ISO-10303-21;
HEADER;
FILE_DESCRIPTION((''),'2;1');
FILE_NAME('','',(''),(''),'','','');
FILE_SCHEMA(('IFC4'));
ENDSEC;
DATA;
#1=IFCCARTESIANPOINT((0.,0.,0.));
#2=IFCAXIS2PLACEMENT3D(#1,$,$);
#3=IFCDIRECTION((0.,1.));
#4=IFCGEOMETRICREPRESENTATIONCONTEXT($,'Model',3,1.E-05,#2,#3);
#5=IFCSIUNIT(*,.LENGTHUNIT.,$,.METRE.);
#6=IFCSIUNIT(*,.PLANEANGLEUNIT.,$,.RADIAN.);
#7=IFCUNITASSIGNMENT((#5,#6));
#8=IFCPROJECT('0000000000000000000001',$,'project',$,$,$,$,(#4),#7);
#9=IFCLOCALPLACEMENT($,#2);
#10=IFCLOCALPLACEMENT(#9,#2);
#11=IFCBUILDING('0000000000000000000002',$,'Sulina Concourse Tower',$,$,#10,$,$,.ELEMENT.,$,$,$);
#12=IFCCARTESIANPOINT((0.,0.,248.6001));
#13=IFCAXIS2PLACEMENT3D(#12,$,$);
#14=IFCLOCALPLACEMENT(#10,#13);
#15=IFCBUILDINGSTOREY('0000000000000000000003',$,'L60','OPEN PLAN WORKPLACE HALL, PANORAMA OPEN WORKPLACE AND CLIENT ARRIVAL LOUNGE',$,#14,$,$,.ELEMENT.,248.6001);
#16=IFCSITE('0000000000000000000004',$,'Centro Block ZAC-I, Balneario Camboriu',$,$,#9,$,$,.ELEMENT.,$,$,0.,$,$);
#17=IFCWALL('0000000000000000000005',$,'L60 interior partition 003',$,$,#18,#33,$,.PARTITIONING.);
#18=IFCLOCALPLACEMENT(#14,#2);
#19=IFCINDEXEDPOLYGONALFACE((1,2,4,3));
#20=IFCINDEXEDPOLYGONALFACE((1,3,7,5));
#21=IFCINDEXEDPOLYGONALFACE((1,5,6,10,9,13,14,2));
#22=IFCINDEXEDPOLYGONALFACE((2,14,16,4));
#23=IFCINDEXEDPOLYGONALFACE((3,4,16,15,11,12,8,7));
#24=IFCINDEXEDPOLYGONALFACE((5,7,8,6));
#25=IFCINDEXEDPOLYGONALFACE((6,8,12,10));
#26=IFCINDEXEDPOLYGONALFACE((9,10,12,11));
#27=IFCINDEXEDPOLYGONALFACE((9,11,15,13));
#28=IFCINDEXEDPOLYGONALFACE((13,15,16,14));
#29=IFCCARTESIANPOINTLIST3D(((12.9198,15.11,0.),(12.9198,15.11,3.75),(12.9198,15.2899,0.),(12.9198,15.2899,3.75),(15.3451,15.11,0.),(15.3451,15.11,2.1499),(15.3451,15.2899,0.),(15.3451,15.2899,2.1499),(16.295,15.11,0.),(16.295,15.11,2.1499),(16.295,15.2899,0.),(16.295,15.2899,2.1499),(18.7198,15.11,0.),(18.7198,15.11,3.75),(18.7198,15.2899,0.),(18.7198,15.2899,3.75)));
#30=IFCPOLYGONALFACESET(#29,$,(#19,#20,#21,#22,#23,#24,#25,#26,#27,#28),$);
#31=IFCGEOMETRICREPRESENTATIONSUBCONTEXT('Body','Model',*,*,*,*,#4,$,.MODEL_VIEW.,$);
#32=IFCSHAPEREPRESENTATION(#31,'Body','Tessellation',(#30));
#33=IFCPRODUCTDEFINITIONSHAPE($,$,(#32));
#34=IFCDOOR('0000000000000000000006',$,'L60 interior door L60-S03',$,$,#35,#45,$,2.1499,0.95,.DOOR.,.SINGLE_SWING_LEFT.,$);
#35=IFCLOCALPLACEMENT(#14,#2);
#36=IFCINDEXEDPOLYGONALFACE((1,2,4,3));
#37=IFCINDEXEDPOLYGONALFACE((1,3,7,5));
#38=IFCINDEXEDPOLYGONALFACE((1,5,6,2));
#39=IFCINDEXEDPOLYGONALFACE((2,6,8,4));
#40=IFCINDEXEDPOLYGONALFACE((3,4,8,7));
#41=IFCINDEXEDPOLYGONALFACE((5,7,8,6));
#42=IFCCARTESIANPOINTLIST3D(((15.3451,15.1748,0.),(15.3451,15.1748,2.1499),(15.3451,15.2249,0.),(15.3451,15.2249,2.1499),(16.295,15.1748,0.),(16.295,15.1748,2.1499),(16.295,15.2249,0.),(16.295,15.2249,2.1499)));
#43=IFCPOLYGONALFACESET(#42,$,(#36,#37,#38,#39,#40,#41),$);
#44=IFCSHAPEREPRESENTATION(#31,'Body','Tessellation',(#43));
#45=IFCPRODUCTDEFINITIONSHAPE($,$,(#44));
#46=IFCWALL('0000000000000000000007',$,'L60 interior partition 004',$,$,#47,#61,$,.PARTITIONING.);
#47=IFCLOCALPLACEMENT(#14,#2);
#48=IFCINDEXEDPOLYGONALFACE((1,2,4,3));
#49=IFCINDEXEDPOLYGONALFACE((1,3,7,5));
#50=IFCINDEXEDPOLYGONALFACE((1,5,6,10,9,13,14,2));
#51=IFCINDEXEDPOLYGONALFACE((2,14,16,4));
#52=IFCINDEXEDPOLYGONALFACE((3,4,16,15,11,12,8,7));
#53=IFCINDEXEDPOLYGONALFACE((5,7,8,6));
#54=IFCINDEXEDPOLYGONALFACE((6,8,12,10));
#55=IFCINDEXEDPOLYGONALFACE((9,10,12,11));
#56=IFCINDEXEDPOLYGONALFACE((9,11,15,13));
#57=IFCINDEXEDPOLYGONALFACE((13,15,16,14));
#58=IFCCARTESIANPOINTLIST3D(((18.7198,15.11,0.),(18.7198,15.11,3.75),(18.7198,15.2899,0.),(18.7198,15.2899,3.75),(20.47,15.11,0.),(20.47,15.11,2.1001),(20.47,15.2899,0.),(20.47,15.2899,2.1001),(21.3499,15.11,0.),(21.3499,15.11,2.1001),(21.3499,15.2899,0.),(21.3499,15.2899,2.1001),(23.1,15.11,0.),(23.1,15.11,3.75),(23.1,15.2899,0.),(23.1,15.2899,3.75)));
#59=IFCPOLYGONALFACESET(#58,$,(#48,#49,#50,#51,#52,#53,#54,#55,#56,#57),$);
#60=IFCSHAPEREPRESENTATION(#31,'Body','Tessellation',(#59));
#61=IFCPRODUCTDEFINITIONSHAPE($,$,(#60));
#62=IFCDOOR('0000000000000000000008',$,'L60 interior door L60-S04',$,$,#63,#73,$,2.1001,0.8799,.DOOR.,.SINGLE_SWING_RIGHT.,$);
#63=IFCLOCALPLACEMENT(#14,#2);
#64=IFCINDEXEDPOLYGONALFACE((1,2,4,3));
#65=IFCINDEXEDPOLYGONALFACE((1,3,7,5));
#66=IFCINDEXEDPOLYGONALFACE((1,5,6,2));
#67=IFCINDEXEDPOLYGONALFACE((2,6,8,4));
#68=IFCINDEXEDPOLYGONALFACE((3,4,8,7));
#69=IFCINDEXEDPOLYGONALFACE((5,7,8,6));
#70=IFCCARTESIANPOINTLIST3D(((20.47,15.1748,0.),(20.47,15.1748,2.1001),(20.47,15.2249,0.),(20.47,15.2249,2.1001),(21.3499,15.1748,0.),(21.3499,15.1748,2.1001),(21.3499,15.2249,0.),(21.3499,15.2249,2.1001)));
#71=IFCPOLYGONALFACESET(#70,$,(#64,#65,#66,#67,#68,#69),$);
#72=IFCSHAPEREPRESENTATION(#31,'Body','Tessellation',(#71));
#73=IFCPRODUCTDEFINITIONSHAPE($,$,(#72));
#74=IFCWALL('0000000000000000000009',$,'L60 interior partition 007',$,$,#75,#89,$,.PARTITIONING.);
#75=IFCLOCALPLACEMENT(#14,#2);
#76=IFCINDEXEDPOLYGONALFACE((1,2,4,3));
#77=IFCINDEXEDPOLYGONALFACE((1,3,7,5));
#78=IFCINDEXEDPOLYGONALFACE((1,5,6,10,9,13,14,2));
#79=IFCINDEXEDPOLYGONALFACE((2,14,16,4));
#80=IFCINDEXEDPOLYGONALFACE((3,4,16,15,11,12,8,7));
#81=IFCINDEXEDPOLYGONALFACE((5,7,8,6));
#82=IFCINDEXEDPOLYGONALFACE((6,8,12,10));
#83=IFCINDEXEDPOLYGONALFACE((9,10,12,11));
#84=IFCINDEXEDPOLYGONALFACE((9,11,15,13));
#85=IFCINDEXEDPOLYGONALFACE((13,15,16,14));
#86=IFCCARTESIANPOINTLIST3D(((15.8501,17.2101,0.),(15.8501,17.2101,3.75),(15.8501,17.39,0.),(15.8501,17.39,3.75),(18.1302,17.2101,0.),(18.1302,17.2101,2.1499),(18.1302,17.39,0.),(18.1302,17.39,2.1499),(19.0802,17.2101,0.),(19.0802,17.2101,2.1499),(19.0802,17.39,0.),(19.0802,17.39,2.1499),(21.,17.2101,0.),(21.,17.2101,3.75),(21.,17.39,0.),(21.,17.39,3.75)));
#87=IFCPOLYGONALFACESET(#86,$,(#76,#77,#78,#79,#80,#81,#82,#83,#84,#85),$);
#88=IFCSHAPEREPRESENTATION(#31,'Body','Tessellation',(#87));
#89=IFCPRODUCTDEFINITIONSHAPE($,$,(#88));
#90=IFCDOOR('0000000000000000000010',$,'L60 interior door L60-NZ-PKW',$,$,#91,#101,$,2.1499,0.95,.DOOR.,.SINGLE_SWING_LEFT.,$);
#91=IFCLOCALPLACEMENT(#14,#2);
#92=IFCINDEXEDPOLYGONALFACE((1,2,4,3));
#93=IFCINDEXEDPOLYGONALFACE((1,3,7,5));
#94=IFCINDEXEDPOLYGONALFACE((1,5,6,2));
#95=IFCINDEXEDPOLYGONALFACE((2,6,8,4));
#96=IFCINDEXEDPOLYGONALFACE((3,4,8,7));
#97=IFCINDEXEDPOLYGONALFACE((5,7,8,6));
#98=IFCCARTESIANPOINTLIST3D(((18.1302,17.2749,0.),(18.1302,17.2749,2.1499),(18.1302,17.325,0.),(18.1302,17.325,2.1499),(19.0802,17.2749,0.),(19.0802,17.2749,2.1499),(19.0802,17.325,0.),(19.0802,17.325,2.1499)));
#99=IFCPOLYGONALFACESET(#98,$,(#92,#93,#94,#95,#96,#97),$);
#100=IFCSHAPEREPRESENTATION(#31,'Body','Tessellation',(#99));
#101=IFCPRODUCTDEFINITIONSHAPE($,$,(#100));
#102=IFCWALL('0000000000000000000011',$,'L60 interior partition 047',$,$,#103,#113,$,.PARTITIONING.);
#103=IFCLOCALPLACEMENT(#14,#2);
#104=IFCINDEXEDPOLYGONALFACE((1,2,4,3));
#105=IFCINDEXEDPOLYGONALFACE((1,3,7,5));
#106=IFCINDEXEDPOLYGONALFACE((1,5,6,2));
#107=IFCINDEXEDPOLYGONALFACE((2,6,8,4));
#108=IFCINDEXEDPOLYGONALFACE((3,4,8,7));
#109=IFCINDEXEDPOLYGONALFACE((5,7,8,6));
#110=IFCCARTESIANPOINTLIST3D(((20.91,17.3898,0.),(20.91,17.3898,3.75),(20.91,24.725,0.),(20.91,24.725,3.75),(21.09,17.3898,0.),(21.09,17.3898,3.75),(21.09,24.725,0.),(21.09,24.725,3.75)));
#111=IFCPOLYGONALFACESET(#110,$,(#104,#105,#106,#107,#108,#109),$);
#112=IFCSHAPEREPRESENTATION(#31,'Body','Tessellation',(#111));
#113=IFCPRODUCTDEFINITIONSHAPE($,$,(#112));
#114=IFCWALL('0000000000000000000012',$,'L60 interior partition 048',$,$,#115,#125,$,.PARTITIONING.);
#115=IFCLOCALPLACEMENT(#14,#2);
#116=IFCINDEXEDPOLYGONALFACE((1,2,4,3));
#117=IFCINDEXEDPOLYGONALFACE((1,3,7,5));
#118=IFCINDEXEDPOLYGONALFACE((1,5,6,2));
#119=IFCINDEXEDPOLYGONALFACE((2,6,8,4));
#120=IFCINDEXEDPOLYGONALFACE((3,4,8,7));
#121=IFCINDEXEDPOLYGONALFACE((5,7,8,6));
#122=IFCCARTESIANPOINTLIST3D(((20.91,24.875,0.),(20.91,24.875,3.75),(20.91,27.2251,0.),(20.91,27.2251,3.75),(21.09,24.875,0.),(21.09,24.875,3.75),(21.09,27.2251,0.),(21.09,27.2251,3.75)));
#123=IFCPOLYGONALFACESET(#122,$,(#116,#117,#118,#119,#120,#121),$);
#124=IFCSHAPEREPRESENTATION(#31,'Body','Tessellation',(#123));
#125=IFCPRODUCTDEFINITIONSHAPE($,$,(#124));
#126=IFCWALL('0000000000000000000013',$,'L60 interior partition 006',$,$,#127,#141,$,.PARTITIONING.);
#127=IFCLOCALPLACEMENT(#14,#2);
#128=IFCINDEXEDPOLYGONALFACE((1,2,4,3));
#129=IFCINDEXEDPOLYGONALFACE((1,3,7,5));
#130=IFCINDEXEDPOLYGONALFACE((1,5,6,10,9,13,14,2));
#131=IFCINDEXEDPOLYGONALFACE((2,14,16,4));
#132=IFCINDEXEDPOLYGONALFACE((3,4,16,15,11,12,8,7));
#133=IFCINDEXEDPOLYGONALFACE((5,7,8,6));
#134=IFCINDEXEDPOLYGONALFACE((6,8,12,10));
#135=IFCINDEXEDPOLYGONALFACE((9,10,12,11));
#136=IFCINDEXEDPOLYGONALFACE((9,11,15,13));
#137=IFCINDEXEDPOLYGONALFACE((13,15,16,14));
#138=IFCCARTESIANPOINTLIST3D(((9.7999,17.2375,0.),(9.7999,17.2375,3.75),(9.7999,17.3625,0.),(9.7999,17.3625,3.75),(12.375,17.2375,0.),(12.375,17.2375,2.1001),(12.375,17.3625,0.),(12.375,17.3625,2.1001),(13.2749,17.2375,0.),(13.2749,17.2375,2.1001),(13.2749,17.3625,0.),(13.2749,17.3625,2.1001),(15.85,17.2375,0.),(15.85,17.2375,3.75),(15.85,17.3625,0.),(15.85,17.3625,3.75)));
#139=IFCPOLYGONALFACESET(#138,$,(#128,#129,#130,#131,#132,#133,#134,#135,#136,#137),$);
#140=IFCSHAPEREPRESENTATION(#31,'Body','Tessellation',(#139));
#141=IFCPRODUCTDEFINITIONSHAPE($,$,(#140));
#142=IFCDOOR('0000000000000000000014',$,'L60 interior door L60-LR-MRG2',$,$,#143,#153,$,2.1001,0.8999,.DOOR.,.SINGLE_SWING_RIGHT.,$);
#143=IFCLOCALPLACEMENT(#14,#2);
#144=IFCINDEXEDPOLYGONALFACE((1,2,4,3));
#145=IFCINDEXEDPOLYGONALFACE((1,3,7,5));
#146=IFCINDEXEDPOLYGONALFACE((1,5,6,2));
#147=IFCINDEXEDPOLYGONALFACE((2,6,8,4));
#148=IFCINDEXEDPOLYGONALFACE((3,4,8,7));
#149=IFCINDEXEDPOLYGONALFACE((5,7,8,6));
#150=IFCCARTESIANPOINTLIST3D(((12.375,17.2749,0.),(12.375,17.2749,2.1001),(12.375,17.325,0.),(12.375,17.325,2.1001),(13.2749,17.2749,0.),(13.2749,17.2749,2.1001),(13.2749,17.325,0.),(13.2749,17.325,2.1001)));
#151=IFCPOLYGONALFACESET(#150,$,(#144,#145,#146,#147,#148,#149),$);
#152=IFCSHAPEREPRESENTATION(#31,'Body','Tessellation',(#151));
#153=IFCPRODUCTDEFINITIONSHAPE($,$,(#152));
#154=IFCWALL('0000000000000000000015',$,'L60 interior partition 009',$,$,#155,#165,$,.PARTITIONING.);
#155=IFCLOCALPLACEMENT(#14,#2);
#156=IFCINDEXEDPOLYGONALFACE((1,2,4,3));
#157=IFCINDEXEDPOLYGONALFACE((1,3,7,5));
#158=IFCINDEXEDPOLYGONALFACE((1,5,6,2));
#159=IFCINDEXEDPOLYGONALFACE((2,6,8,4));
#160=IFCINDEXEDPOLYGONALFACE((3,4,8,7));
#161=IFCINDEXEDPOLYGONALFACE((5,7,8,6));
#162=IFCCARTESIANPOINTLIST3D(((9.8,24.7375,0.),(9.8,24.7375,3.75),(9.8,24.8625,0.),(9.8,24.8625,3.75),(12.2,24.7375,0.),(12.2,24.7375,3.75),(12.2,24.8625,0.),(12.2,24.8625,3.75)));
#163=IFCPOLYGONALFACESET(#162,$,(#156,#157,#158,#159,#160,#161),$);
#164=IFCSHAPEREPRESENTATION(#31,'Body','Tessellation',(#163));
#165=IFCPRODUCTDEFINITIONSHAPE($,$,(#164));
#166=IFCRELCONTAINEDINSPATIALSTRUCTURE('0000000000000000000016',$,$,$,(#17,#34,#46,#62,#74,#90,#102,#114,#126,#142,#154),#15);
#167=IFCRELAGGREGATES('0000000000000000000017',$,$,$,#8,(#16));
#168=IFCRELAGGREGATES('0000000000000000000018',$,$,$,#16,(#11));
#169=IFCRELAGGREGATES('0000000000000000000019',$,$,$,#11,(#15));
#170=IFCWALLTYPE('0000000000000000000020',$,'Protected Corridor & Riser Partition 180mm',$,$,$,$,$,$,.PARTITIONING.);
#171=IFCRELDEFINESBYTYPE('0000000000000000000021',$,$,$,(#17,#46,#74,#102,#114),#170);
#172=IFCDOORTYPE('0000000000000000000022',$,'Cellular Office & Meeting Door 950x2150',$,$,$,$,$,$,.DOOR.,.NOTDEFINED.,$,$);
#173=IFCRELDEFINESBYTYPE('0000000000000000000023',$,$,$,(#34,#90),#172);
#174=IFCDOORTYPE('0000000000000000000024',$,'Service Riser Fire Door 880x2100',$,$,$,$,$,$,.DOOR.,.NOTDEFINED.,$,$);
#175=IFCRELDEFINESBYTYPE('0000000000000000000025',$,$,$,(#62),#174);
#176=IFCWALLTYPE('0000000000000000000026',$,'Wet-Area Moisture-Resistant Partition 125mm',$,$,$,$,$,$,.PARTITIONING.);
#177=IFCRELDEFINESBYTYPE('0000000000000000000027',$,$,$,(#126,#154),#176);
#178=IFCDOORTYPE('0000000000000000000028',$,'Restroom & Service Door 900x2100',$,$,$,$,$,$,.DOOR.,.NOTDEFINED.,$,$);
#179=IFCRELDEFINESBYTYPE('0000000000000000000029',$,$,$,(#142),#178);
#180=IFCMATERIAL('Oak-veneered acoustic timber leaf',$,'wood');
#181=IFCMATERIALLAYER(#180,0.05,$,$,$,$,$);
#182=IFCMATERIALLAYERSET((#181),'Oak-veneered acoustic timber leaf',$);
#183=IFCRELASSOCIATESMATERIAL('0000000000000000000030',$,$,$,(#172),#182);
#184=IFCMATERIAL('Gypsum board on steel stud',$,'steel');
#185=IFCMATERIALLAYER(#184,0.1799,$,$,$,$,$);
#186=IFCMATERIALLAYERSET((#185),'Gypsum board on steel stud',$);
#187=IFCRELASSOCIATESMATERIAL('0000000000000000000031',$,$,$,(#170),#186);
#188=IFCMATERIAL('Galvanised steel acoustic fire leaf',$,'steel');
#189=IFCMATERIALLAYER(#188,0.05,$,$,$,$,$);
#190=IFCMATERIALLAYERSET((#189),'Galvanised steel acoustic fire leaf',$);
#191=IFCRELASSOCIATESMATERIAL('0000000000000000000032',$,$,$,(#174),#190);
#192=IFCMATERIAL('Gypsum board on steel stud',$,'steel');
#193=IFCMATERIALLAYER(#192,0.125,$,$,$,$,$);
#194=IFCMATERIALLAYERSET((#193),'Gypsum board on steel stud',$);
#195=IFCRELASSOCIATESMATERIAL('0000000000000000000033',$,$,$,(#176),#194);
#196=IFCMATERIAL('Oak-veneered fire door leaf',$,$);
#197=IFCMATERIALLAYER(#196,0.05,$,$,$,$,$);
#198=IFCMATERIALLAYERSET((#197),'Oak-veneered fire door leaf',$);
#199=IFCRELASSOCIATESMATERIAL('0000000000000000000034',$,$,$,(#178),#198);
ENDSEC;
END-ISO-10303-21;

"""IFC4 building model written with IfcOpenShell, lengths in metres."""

from ifc_helpers import new_model, si_unit, direction, frame, frame_2d, origin, place, context, subcontext, project, spatial, rectangle, extrude, material, layer, layer_set, type_object, element, fill, save


model = new_model("IFC4")

# Units and contexts
model_context = context("Model", 3, precision=1e-05, world=origin(), true_north=direction((0.0, 1.0)))
body_context = subcontext(model_context, "Body", "Model", "MODEL_VIEW")
ifc_project = project(units=[si_unit("LENGTHUNIT", "METRE"), si_unit("PLANEANGLEUNIT", "RADIAN")], contexts=[model_context])

# Site, building, storey
site_placement = place(None, origin())
site = spatial("IfcSite", under=ifc_project, at=site_placement, Name="Centro Block ZAC-I, Balneario Camboriu", CompositionType="ELEMENT", RefElevation=0.0)
building_placement = place(site_placement, origin())
building = spatial("IfcBuilding", under=site, at=building_placement, Name="Sulina Concourse Tower", CompositionType="ELEMENT")
storey_placement = place(building_placement, frame((0.0, 0.0, 248.6001)))
storey = spatial("IfcBuildingStorey", under=building, at=storey_placement, Name="L60", Description="OPEN PLAN WORKPLACE HALL, PANORAMA OPEN WORKPLACE AND CLIENT ARRIVAL LOUNGE", CompositionType="ELEMENT", Elevation=248.6001)

# Walls, openings, doors
ifc_material_1 = material(Name="Oak-veneered acoustic timber leaf", Category="wood")
ifc_layer_1 = layer(ifc_material_1, 0.05)
ifc_layer_set_1 = layer_set([ifc_layer_1], Name="Oak-veneered acoustic timber leaf")
door_type_1 = type_object("IfcDoorType", Name="Cellular Office & Meeting Door 950x2150", OperationType="NOTDEFINED", PredefinedType="DOOR", material=ifc_layer_set_1)
ifc_material_2 = material(Name="Gypsum board on steel stud", Category="steel")
ifc_layer_2 = layer(ifc_material_2, 0.1799)
ifc_layer_set_2 = layer_set([ifc_layer_2], Name="Gypsum board on steel stud")
wall_type_1 = type_object("IfcWallType", Name="Protected Corridor & Riser Partition 180mm", PredefinedType="PARTITIONING", material=ifc_layer_set_2)
wall_1_placement = place(storey_placement, frame((12.9199, 15.2, 0.0), z_axis=(0.0, 0.0, 1.0), x_axis=(1.0, 0.0, 0.0)))
wall_1 = element("IfcWall", 1, at=wall_1_placement, inside=storey, type_object=wall_type_1, Name="L60 interior partition 003", PredefinedType="PARTITIONING", context=body_context, shape_type="SweptSolid", body=[
    extrude(rectangle(XDim=5.8, YDim=0.1799, at=frame_2d((2.8999, 0.0))), origin(), (0.0, 0.0, 1.0), 3.75),
])
opening_1_placement = place(wall_1_placement, frame((2.425, 0.0, 0.0)))
opening_1 = element("IfcOpeningElement", 2, at=opening_1_placement, cuts=wall_1, PredefinedType="OPENING", context=body_context, shape_type="SweptSolid", body=[
    extrude(rectangle(XDim=0.95, YDim=2.1499, at=frame_2d((0.4751, 1.075))), frame((0.0, 0.0999, 0.0), z_axis=(0.0, -1.0, 0.0), x_axis=(1.0, 0.0, 0.0)), (0.0, 0.0, 1.0), 0.2),
])
door_1_placement = place(opening_1_placement, origin())
door_1 = element("IfcDoor", 3, at=door_1_placement, inside=storey, type_object=door_type_1, Name="L60 interior door L60-S03", OperationType="SINGLE_SWING_LEFT", OverallHeight=2.1499, OverallWidth=0.95, PredefinedType="DOOR", context=body_context, shape_type="SweptSolid", body=[
    extrude(rectangle(XDim=0.95, YDim=2.1499, at=frame_2d((0.4751, 1.075))), frame((0.0, 0.0249, 0.0), z_axis=(0.0, -1.0, 0.0), x_axis=(1.0, 0.0, 0.0)), (0.0, 0.0, 1.0), 0.05),
])
fill(opening_1, door_1)
wall_2_placement = place(storey_placement, frame((18.72, 15.2, 0.0), z_axis=(0.0, 0.0, 1.0), x_axis=(1.0, 0.0, 0.0)))
wall_2 = element("IfcWall", 4, at=wall_2_placement, inside=storey, type_object=wall_type_1, Name="L60 interior partition 004", PredefinedType="PARTITIONING", context=body_context, shape_type="SweptSolid", body=[
    extrude(rectangle(XDim=4.3801, YDim=0.1799, at=frame_2d((2.1899, 0.0))), origin(), (0.0, 0.0, 1.0), 3.75),
])
opening_2_placement = place(wall_2_placement, frame((1.75, 0.0, 0.0)))
opening_2 = element("IfcOpeningElement", 5, at=opening_2_placement, cuts=wall_2, PredefinedType="OPENING", context=body_context, shape_type="SweptSolid", body=[
    extrude(rectangle(XDim=0.8799, YDim=2.1001, at=frame_2d((0.4399, 1.05))), frame((0.0, 0.0999, 0.0), z_axis=(0.0, -1.0, 0.0), x_axis=(1.0, 0.0, 0.0)), (0.0, 0.0, 1.0), 0.2),
])
ifc_material_3 = material(Name="Galvanised steel acoustic fire leaf", Category="steel")
ifc_layer_3 = layer(ifc_material_3, 0.05)
ifc_layer_set_3 = layer_set([ifc_layer_3], Name="Galvanised steel acoustic fire leaf")
door_type_2 = type_object("IfcDoorType", Name="Service Riser Fire Door 880x2100", OperationType="NOTDEFINED", PredefinedType="DOOR", material=ifc_layer_set_3)
door_2_placement = place(opening_2_placement, origin())
door_2 = element("IfcDoor", 6, at=door_2_placement, inside=storey, type_object=door_type_2, Name="L60 interior door L60-S04", OperationType="SINGLE_SWING_RIGHT", OverallHeight=2.1001, OverallWidth=0.8799, PredefinedType="DOOR", context=body_context, shape_type="SweptSolid", body=[
    extrude(rectangle(XDim=0.8799, YDim=2.1001, at=frame_2d((0.4399, 1.05))), frame((0.0, 0.0249, 0.0), z_axis=(0.0, -1.0, 0.0), x_axis=(1.0, 0.0, 0.0)), (0.0, 0.0, 1.0), 0.05),
])
fill(opening_2, door_2)
wall_3_placement = place(storey_placement, frame((15.8501, 17.3, 0.0), z_axis=(0.0, 0.0, 1.0), x_axis=(1.0, 0.0, 0.0)))
wall_3 = element("IfcWall", 7, at=wall_3_placement, inside=storey, type_object=wall_type_1, Name="L60 interior partition 007", PredefinedType="PARTITIONING", context=body_context, shape_type="SweptSolid", body=[
    extrude(rectangle(XDim=5.1499, YDim=0.1799, at=frame_2d((2.575, 0.0))), origin(), (0.0, 0.0, 1.0), 3.75),
])
opening_3_placement = place(wall_3_placement, frame((2.28, 0.0, 0.0)))
opening_3 = element("IfcOpeningElement", 8, at=opening_3_placement, cuts=wall_3, PredefinedType="OPENING", context=body_context, shape_type="SweptSolid", body=[
    extrude(rectangle(XDim=0.95, YDim=2.1499, at=frame_2d((0.4751, 1.075))), frame((0.0, 0.0999, 0.0), z_axis=(0.0, -1.0, 0.0), x_axis=(1.0, 0.0, 0.0)), (0.0, 0.0, 1.0), 0.2),
])
door_3_placement = place(opening_3_placement, origin())
door_3 = element("IfcDoor", 9, at=door_3_placement, inside=storey, type_object=door_type_1, Name="L60 interior door L60-NZ-PKW", OperationType="SINGLE_SWING_LEFT", OverallHeight=2.1499, OverallWidth=0.95, PredefinedType="DOOR", context=body_context, shape_type="SweptSolid", body=[
    extrude(rectangle(XDim=0.95, YDim=2.1499, at=frame_2d((0.4751, 1.075))), frame((0.0, 0.0249, 0.0), z_axis=(0.0, -1.0, 0.0), x_axis=(1.0, 0.0, 0.0)), (0.0, 0.0, 1.0), 0.05),
])
fill(opening_3, door_3)

# Walls
wall_4_placement = place(storey_placement, frame((21.0, 17.3899, 0.0), z_axis=(0.0, 0.0, 1.0), x_axis=(0.0, 1.0, 0.0)))
element("IfcWall", 10, at=wall_4_placement, inside=storey, type_object=wall_type_1, Name="L60 interior partition 047", PredefinedType="PARTITIONING", context=body_context, shape_type="SweptSolid", body=[
    extrude(rectangle(XDim=7.3352, YDim=0.1799, at=frame_2d((3.6675, 0.0))), origin(), (0.0, 0.0, 1.0), 3.75),
])
wall_5_placement = place(storey_placement, frame((21.0, 24.875, 0.0), z_axis=(0.0, 0.0, 1.0), x_axis=(0.0, 1.0, 0.0)))
element("IfcWall", 11, at=wall_5_placement, inside=storey, type_object=wall_type_1, Name="L60 interior partition 048", PredefinedType="PARTITIONING", context=body_context, shape_type="SweptSolid", body=[
    extrude(rectangle(XDim=2.3501, YDim=0.1799, at=frame_2d((1.175, 0.0))), origin(), (0.0, 0.0, 1.0), 3.75),
])

# Wall, opening, door
ifc_material_4 = material(Name="Gypsum board on steel stud", Category="steel")
ifc_layer_4 = layer(ifc_material_4, 0.125)
ifc_layer_set_4 = layer_set([ifc_layer_4], Name="Gypsum board on steel stud")
wall_type_2 = type_object("IfcWallType", Name="Wet-Area Moisture-Resistant Partition 125mm", PredefinedType="PARTITIONING", material=ifc_layer_set_4)
wall_6_placement = place(storey_placement, frame((9.8, 17.3, 0.0), z_axis=(0.0, 0.0, 1.0), x_axis=(1.0, 0.0, 0.0)))
wall_6 = element("IfcWall", 12, at=wall_6_placement, inside=storey, type_object=wall_type_2, Name="L60 interior partition 006", PredefinedType="PARTITIONING", context=body_context, shape_type="SweptSolid", body=[
    extrude(rectangle(XDim=6.05, YDim=0.125, at=frame_2d((3.0249, 0.0))), origin(), (0.0, 0.0, 1.0), 3.75),
])
opening_4_placement = place(wall_6_placement, frame((2.575, 0.0, 0.0)))
opening_4 = element("IfcOpeningElement", 13, at=opening_4_placement, cuts=wall_6, PredefinedType="OPENING", context=body_context, shape_type="SweptSolid", body=[
    extrude(rectangle(XDim=0.8999, YDim=2.1001, at=frame_2d((0.45, 1.05))), frame((0.0, 0.0725, 0.0), z_axis=(0.0, -1.0, 0.0), x_axis=(1.0, 0.0, 0.0)), (0.0, 0.0, 1.0), 0.145),
])
ifc_material_5 = material(Name="Oak-veneered fire door leaf")
ifc_layer_5 = layer(ifc_material_5, 0.05)
ifc_layer_set_5 = layer_set([ifc_layer_5], Name="Oak-veneered fire door leaf")
door_type_3 = type_object("IfcDoorType", Name="Restroom & Service Door 900x2100", OperationType="NOTDEFINED", PredefinedType="DOOR", material=ifc_layer_set_5)
door_4_placement = place(opening_4_placement, origin())
door_4 = element("IfcDoor", 14, at=door_4_placement, inside=storey, type_object=door_type_3, Name="L60 interior door L60-LR-MRG2", OperationType="SINGLE_SWING_RIGHT", OverallHeight=2.1001, OverallWidth=0.8999, PredefinedType="DOOR", context=body_context, shape_type="SweptSolid", body=[
    extrude(rectangle(XDim=0.8999, YDim=2.1001, at=frame_2d((0.45, 1.05))), frame((0.0, 0.0249, 0.0), z_axis=(0.0, -1.0, 0.0), x_axis=(1.0, 0.0, 0.0)), (0.0, 0.0, 1.0), 0.05),
])
fill(opening_4, door_4)

# Wall
wall_7_placement = place(storey_placement, frame((9.8, 24.8, 0.0), z_axis=(0.0, 0.0, 1.0), x_axis=(1.0, 0.0, 0.0)))
element("IfcWall", 15, at=wall_7_placement, inside=storey, type_object=wall_type_2, Name="L60 interior partition 009", PredefinedType="PARTITIONING", context=body_context, shape_type="SweptSolid", body=[
    extrude(rectangle(XDim=2.3999, YDim=0.125, at=frame_2d((1.2, 0.0))), origin(), (0.0, 0.0, 1.0), 3.75),
])

save(model, "model.ifc")
